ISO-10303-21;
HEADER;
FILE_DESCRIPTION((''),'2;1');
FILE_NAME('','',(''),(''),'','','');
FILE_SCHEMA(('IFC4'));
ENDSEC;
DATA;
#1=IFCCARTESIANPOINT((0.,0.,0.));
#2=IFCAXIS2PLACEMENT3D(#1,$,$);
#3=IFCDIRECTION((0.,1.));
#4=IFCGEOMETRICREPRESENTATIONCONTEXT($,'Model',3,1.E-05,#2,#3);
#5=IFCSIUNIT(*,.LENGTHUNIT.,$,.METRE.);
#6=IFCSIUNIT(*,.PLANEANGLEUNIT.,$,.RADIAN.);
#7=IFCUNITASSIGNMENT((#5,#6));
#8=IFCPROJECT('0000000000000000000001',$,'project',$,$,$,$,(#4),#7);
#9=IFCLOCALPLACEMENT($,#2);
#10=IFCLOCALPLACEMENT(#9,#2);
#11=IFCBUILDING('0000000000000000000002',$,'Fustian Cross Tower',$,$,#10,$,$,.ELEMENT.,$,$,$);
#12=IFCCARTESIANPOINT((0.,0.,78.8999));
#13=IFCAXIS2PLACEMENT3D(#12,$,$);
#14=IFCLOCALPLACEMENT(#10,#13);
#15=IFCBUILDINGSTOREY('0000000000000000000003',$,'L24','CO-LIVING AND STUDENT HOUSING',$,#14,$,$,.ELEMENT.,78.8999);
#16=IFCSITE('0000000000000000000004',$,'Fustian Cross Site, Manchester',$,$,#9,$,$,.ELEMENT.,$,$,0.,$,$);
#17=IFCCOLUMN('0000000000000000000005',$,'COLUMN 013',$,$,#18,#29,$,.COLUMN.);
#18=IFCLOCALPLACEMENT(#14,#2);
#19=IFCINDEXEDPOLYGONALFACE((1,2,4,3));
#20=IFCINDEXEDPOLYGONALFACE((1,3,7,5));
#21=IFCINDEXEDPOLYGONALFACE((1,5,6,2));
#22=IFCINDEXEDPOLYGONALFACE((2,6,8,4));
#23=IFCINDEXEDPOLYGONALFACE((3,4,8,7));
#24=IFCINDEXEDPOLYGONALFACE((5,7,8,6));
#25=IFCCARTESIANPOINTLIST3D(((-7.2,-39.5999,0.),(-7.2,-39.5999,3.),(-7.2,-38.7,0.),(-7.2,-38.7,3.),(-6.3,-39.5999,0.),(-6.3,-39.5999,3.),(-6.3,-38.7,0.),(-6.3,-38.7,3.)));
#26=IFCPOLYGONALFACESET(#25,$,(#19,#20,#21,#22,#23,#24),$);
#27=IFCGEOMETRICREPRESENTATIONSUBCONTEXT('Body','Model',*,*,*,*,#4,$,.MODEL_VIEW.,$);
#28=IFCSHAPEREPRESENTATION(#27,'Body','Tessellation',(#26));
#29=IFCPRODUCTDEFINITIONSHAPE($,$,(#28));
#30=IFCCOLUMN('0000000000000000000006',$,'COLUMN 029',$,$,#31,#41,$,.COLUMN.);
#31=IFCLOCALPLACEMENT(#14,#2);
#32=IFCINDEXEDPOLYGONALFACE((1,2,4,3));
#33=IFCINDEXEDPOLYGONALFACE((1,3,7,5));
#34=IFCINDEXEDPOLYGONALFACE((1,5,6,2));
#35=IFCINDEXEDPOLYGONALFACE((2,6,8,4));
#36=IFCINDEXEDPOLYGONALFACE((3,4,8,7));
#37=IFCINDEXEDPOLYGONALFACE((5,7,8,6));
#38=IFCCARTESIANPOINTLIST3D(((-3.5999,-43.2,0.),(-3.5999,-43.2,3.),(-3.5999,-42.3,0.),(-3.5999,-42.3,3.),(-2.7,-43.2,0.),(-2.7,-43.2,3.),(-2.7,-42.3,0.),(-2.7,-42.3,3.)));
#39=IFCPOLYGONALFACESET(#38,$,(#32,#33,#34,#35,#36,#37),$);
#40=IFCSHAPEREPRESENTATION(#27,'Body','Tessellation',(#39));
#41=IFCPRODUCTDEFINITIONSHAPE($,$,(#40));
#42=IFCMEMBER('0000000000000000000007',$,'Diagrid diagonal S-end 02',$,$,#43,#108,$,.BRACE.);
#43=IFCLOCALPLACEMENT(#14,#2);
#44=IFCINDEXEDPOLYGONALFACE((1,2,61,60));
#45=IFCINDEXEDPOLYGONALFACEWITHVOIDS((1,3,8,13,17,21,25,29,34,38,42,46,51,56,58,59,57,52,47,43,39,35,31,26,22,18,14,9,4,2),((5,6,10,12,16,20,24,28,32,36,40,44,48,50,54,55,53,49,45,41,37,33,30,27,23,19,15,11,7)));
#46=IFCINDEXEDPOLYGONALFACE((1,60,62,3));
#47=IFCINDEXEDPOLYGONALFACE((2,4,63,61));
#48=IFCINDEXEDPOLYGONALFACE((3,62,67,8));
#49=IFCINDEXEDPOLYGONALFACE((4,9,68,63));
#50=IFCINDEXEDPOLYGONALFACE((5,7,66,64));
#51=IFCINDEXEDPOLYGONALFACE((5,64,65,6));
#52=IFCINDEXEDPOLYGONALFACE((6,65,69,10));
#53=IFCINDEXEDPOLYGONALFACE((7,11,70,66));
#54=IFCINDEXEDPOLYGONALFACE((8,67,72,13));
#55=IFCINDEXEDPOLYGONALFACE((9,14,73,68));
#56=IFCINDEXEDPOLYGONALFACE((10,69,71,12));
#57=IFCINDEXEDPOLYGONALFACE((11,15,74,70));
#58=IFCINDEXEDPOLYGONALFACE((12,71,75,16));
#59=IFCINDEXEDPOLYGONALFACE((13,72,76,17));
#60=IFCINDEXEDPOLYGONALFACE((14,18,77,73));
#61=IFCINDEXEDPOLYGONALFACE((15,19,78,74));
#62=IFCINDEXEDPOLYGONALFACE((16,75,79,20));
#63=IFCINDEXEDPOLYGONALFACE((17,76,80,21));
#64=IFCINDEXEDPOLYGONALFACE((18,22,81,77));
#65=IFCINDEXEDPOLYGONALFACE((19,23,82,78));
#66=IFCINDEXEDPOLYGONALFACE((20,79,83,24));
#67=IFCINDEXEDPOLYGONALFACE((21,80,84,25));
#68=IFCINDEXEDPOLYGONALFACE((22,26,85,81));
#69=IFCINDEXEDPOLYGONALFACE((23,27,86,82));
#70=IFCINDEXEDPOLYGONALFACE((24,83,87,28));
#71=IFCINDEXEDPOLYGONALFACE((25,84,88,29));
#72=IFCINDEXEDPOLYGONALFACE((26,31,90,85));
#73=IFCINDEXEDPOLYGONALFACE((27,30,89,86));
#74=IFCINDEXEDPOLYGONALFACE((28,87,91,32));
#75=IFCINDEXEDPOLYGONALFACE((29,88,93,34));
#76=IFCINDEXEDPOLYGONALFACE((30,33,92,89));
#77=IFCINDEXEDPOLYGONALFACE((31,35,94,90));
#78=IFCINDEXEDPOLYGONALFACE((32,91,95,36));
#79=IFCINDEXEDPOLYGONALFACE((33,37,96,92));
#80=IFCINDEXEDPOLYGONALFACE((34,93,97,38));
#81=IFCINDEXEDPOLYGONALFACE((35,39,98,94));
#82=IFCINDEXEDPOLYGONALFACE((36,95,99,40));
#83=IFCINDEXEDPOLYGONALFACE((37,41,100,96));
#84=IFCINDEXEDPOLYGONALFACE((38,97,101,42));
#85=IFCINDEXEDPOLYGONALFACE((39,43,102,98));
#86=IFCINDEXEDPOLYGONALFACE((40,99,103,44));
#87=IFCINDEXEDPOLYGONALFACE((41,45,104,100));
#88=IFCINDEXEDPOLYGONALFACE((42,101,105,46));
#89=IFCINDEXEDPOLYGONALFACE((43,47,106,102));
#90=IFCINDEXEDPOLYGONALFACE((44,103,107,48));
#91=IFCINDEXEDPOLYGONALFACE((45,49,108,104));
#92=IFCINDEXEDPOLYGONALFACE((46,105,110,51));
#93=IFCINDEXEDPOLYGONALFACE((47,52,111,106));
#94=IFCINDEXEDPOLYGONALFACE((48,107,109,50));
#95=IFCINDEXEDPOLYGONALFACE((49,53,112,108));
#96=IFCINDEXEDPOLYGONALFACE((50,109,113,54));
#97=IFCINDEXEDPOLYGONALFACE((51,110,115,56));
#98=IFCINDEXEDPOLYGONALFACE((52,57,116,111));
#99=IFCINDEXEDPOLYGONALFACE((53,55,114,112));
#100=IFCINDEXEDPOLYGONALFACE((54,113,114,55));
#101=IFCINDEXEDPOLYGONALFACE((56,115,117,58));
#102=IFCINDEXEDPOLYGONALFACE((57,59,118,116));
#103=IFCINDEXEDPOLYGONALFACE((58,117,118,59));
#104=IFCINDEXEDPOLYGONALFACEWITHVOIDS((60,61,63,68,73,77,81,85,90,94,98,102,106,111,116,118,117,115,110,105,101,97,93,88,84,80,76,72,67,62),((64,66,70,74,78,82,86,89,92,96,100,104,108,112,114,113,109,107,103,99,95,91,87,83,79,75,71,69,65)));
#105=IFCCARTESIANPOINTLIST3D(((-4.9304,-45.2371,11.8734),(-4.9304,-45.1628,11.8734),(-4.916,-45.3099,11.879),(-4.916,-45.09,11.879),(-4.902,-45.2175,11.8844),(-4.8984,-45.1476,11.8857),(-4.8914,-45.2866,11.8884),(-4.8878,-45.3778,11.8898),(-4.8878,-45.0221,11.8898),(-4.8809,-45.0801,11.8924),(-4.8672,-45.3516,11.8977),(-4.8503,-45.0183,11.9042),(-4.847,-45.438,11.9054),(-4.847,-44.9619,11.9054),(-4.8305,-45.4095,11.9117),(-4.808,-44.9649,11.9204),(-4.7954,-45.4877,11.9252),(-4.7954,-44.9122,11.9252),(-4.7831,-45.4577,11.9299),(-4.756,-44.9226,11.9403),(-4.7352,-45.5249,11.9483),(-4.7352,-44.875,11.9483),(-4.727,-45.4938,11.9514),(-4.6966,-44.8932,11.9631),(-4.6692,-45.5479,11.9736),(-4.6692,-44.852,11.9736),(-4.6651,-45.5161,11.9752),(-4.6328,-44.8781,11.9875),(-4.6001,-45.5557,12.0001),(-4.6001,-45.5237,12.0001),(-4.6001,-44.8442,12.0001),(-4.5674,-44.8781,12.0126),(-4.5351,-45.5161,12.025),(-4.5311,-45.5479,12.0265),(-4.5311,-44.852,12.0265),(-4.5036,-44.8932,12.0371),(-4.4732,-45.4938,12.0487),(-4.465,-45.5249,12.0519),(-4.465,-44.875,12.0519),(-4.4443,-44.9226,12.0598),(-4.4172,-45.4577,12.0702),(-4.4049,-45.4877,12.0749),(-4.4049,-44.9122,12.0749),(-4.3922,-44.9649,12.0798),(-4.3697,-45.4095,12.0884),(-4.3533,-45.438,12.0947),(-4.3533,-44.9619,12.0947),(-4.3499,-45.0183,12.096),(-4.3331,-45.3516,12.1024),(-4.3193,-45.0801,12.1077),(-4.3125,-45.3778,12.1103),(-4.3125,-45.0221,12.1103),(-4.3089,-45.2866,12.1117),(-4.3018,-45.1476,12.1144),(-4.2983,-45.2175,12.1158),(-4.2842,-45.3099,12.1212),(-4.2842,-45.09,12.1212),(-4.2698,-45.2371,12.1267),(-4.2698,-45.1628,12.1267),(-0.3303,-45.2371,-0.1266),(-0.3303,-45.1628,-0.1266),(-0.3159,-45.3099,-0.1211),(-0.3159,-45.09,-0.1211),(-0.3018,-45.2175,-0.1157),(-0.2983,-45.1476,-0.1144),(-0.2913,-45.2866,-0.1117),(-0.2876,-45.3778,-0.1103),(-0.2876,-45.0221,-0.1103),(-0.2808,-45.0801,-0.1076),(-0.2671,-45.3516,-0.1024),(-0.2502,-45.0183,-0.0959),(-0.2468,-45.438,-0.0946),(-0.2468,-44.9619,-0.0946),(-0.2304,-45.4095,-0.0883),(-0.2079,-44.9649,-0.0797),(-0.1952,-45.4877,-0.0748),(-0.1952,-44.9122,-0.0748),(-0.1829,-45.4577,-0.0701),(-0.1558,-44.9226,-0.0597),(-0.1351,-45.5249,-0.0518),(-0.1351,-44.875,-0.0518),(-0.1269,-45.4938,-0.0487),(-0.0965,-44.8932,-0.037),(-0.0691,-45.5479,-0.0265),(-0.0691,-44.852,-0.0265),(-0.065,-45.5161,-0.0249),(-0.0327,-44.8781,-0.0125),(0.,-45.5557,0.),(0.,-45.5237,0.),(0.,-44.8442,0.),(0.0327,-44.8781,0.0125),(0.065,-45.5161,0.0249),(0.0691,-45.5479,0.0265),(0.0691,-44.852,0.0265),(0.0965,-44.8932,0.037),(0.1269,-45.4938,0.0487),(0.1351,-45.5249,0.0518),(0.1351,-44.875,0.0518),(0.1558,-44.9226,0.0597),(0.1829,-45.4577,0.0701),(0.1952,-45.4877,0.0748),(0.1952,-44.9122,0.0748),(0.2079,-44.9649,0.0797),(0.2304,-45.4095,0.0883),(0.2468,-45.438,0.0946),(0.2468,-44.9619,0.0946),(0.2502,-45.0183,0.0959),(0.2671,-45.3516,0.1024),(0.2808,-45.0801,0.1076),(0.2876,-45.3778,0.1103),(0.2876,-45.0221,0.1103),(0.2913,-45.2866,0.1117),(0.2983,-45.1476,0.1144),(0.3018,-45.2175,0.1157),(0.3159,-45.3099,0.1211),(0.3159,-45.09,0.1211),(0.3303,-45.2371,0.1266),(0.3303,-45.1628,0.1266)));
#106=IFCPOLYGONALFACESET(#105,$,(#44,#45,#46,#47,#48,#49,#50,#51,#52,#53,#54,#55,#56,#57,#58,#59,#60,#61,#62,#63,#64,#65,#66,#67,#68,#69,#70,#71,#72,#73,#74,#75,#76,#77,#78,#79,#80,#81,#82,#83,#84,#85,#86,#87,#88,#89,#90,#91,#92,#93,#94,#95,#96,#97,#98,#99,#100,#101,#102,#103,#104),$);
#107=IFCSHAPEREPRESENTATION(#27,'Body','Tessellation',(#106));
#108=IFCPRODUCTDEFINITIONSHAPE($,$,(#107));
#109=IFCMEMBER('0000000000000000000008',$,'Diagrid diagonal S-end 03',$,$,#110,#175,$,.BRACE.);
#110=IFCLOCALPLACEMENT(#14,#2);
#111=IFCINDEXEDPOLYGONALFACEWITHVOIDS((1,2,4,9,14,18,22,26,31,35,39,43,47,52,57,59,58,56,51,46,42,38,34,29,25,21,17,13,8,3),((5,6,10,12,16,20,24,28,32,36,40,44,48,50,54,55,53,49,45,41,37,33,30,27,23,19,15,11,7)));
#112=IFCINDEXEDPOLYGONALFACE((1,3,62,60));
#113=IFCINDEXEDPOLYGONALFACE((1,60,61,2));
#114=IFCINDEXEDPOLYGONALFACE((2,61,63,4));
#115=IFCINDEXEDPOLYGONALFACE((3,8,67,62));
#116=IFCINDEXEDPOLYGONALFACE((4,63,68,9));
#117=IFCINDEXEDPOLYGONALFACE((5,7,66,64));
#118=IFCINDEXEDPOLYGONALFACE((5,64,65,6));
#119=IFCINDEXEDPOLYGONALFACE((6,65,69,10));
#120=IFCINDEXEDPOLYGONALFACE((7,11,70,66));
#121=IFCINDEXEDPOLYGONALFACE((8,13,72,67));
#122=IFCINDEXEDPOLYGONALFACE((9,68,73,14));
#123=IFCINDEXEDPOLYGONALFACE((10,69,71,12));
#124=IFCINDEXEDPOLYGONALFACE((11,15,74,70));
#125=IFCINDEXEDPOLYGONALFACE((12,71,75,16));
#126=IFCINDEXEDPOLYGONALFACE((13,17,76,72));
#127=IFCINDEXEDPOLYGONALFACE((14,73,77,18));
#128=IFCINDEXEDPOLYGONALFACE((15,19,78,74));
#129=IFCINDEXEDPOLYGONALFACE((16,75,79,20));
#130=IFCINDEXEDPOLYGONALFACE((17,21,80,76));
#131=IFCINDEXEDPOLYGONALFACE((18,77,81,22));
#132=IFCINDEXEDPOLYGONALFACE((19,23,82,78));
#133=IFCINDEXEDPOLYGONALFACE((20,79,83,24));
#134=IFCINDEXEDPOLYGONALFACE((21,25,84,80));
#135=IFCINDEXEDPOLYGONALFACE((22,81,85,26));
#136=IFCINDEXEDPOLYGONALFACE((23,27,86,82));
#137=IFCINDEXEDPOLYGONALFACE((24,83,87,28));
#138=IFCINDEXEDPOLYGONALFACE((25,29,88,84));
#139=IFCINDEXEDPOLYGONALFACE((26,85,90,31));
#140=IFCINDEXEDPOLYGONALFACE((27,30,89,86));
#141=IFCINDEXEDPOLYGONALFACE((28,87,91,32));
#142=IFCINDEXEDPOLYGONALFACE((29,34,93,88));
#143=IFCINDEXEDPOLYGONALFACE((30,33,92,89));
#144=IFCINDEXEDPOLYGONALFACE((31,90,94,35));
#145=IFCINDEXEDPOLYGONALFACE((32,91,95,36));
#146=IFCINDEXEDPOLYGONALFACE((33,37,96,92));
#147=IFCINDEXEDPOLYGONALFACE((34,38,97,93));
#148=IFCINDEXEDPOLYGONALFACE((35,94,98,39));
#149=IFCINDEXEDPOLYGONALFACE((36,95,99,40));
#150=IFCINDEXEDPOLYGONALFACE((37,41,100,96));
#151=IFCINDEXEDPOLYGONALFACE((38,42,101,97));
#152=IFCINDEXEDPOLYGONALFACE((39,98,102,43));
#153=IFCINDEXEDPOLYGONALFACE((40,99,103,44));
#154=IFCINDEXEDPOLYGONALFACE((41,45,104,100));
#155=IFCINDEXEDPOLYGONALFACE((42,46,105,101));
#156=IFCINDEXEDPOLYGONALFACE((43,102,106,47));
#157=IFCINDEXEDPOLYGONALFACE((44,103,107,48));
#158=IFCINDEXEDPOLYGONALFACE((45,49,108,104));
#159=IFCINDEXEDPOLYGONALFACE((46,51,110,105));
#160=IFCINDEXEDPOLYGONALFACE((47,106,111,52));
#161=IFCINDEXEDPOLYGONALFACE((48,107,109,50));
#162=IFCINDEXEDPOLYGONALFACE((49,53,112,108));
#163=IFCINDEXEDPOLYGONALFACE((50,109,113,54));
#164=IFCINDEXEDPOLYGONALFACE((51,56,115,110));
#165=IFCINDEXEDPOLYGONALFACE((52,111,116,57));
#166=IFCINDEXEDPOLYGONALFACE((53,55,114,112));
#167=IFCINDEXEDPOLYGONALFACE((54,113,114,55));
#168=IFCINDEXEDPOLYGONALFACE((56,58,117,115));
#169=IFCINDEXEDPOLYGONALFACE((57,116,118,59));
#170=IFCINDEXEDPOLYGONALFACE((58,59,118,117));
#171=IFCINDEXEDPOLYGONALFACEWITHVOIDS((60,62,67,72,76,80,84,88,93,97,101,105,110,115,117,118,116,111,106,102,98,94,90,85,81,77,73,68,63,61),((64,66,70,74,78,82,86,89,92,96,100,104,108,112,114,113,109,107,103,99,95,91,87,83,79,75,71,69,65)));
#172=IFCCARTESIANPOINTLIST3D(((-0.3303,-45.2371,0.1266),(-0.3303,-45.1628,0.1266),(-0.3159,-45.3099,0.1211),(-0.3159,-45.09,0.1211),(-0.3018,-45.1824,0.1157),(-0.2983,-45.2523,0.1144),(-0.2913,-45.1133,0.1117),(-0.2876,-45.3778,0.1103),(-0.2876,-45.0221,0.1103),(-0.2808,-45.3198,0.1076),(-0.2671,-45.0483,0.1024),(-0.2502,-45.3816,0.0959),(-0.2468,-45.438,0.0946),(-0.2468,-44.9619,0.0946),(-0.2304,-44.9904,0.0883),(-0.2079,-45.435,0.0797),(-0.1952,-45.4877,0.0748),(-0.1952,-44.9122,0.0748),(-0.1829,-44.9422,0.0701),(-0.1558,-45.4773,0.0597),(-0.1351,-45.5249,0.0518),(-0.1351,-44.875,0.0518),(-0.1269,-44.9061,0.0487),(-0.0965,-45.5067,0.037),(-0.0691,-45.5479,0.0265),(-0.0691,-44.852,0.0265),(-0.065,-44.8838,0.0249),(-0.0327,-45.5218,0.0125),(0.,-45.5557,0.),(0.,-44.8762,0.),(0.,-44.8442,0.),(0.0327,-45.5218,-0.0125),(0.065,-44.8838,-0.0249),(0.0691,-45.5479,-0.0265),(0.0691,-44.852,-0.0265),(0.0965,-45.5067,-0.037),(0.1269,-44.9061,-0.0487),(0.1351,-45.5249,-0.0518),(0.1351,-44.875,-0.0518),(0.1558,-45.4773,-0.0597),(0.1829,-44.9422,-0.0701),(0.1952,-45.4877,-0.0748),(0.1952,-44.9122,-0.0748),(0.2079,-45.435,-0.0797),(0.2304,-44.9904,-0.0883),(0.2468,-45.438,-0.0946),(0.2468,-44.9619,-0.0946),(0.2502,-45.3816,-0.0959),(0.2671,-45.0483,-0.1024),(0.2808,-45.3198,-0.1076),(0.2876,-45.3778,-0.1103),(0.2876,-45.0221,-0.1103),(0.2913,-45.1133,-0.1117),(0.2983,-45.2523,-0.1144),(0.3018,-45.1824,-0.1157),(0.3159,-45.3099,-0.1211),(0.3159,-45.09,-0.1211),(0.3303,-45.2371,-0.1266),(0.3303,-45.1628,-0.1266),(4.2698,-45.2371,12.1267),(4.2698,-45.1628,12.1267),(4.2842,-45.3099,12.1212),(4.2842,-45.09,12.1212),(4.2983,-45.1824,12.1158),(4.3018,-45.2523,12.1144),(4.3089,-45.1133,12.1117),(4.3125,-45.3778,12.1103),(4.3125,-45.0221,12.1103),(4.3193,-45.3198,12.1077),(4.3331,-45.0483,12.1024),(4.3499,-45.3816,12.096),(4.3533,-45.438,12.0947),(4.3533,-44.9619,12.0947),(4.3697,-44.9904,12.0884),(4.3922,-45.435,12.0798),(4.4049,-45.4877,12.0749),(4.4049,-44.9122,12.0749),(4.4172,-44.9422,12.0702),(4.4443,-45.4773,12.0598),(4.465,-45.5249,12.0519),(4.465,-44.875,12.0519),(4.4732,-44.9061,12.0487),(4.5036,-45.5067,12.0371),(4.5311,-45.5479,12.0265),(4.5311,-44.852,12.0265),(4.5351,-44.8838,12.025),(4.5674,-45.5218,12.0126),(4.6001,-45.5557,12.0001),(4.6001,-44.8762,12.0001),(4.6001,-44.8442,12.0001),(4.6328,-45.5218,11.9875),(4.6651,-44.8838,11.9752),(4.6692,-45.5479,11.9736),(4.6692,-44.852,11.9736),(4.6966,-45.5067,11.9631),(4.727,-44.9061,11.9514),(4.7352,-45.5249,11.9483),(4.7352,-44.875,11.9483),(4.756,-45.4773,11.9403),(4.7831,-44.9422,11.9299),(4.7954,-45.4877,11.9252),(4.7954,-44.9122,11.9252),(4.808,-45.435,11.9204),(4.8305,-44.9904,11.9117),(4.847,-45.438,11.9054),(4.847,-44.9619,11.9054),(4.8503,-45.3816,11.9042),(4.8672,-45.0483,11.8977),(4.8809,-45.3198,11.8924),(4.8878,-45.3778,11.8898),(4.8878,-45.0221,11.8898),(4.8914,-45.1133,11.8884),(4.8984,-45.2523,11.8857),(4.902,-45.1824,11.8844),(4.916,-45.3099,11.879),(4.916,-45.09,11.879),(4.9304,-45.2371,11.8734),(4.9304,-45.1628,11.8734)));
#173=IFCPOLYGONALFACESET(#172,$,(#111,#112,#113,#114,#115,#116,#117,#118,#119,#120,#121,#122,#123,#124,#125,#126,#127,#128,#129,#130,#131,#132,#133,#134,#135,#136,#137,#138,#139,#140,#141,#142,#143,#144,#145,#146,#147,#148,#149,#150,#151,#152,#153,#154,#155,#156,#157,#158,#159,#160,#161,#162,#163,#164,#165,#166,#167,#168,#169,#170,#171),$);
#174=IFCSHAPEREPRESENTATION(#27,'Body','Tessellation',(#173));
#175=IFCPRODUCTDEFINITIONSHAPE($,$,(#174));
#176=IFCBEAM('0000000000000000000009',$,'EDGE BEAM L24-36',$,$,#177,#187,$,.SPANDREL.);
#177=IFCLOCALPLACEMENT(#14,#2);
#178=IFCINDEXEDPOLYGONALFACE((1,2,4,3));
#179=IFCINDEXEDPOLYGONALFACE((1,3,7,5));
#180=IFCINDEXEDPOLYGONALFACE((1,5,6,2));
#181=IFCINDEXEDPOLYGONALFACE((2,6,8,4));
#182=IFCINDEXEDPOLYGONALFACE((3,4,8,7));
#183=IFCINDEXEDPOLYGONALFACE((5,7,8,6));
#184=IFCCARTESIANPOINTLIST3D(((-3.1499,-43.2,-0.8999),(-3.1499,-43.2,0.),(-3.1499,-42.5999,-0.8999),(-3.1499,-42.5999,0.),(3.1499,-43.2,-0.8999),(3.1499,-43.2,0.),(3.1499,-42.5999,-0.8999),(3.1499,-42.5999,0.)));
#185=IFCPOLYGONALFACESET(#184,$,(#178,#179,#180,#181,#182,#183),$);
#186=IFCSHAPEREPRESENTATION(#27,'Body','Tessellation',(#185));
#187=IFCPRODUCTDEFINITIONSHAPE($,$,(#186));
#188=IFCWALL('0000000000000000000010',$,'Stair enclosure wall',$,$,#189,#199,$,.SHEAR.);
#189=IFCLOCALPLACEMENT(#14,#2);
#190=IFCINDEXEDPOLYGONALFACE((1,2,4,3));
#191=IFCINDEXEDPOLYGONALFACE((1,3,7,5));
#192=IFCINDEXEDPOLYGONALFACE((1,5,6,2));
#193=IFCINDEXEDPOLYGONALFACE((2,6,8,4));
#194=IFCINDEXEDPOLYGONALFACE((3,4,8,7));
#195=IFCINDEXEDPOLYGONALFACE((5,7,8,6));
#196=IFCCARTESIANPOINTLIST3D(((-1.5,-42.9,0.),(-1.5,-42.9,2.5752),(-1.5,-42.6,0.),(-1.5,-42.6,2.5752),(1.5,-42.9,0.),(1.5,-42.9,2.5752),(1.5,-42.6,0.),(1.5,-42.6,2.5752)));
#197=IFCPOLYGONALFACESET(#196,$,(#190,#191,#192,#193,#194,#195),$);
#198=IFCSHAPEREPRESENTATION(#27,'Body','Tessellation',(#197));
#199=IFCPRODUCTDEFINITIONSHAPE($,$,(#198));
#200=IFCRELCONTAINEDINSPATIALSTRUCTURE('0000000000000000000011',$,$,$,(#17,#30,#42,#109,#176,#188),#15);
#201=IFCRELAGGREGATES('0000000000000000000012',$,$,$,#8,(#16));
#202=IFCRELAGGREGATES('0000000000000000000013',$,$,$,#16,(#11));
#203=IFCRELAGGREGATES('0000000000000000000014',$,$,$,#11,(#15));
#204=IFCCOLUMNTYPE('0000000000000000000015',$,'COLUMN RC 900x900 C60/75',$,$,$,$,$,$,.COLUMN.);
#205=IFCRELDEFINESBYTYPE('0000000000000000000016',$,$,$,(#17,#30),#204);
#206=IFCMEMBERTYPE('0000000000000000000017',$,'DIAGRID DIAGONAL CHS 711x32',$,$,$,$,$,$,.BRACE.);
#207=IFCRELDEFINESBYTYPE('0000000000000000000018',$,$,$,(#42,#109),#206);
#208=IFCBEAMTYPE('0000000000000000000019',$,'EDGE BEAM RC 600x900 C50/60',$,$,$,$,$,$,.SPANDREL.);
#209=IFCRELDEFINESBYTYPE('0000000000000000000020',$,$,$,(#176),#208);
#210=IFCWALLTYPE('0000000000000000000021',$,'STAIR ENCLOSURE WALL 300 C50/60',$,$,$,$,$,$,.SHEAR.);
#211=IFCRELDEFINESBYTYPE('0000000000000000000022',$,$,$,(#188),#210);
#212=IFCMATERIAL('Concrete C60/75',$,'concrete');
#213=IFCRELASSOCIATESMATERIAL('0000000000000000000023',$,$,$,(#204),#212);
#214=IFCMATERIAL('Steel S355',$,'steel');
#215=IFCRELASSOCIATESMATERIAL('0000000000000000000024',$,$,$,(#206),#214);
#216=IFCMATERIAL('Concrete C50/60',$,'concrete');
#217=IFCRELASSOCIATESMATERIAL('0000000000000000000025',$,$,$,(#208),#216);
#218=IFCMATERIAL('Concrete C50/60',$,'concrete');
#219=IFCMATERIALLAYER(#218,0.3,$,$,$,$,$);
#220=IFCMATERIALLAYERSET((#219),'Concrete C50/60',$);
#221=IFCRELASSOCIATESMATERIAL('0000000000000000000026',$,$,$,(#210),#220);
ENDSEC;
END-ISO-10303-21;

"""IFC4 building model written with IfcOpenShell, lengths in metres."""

from ifc_helpers import new_model, si_unit, direction, frame, frame_2d, origin, origin_2d, place, context, subcontext, project, spatial, rectangle, hollow_circle, extrude, material, layer, layer_set, material_profile, profile_set, type_object, element, save


model = new_model("IFC4")

# Units and contexts
model_context = context("Model", 3, precision=1e-05, world=origin(), true_north=direction((0.0, 1.0)))
body_context = subcontext(model_context, "Body", "Model", "MODEL_VIEW")
ifc_project = project(units=[si_unit("LENGTHUNIT", "METRE"), si_unit("PLANEANGLEUNIT", "RADIAN")], contexts=[model_context])

# Site, building, storey
site_placement = place(None, origin())
site = spatial("IfcSite", under=ifc_project, at=site_placement, Name="Fustian Cross Site, Manchester", CompositionType="ELEMENT", RefElevation=0.0)
building_placement = place(site_placement, origin())
building = spatial("IfcBuilding", under=site, at=building_placement, Name="Fustian Cross Tower", CompositionType="ELEMENT")
storey_placement = place(building_placement, frame((0.0, 0.0, 78.8999)))
storey = spatial("IfcBuildingStorey", under=building, at=storey_placement, Name="L24", Description="CO-LIVING AND STUDENT HOUSING", CompositionType="ELEMENT", Elevation=78.8999)

# Columns
ifc_material_1 = material(Name="Concrete C60/75", Category="concrete")
ifc_material_profile_1 = material_profile(ifc_material_1, rectangle(XDim=0.8999, YDim=0.8999, at=origin_2d()), Name="RC 900x900")
ifc_profile_set_1 = profile_set([ifc_material_profile_1], Name="Concrete C60/75")
column_type = type_object("IfcColumnType", Name="COLUMN RC 900x900 C60/75", PredefinedType="COLUMN", material=ifc_profile_set_1)
for number, where, z_axis, x_axis, name in (
    (1, (-6.75, -39.1499, 0.0), (0.0, 0.0, 1.0), (1.0, 0.0, 0.0), "COLUMN 013"),
    (2, (-3.1499, -42.75, 0.0), (0.0, 0.0, 1.0), (1.0, 0.0, 0.0), "COLUMN 029"),
):
    element("IfcColumn", number, at=place(storey_placement, frame(where, z_axis=z_axis, x_axis=x_axis)), inside=storey, type_object=column_type, Name=name, PredefinedType="COLUMN", context=body_context, shape_type="SweptSolid", body=[
        extrude(rectangle(XDim=0.8999, YDim=0.8999, at=origin_2d()), origin(), (0.0, 0.0, 1.0), 3.0),
    ])

# Members
ifc_material_2 = material(Name="Steel S355", Category="steel")
ifc_material_profile_2 = material_profile(ifc_material_2, hollow_circle(Radius=0.3557, WallThickness=0.032, at=origin_2d()), Name="CHS 711x32")
ifc_profile_set_2 = profile_set([ifc_material_profile_2], Name="Steel S355")
member_type = type_object("IfcMemberType", Name="DIAGRID DIAGONAL CHS 711x32", PredefinedType="BRACE", material=ifc_profile_set_2)
for number, where, z_axis, x_axis, name in (
    (3, (0.0, -45.2, 0.0), (-0.357943, 0.0, 0.933744), (0.0, -1.0, 0.0), "Diagrid diagonal S-end 02"),
    (4, (0.0, -45.2, 0.0), (0.357943, 0.0, 0.933744), (0.0, 1.0, 0.0), "Diagrid diagonal S-end 03"),
):
    element("IfcMember", number, at=place(storey_placement, frame(where, z_axis=z_axis, x_axis=x_axis)), inside=storey, type_object=member_type, Name=name, PredefinedType="BRACE", context=body_context, shape_type="SweptSolid", body=[
        extrude(hollow_circle(Radius=0.3557, WallThickness=0.032, at=origin_2d()), origin(), (0.0, 0.0, 1.0), 12.8516),
    ])

# Beam
ifc_material_3 = material(Name="Concrete C50/60", Category="concrete")
ifc_material_profile_3 = material_profile(ifc_material_3, rectangle(XDim=0.6001, YDim=0.8999, at=origin_2d()), Name="RC 600x900")
ifc_profile_set_3 = profile_set([ifc_material_profile_3], Name="Concrete C50/60")
beam_type = type_object("IfcBeamType", Name="EDGE BEAM RC 600x900 C50/60", PredefinedType="SPANDREL", material=ifc_profile_set_3)
beam_placement = place(storey_placement, frame((-3.1499, -42.8999, -0.45), z_axis=(1.0, 0.0, 0.0), x_axis=(0.0, 1.0, 0.0)))
element("IfcBeam", 5, at=beam_placement, inside=storey, type_object=beam_type, Name="EDGE BEAM L24-36", PredefinedType="SPANDREL", context=body_context, shape_type="SweptSolid", body=[
    extrude(rectangle(XDim=0.6001, YDim=0.8999, at=origin_2d()), origin(), (0.0, 0.0, 1.0), 6.2998),
])

# Wall
ifc_material_4 = material(Name="Concrete C50/60", Category="concrete")
ifc_layer_1 = layer(ifc_material_4, 0.3)
ifc_layer_set_1 = layer_set([ifc_layer_1], Name="Concrete C50/60")
wall_type_1 = type_object("IfcWallType", Name="STAIR ENCLOSURE WALL 300 C50/60", PredefinedType="SHEAR", material=ifc_layer_set_1)
wall_1_placement = place(storey_placement, frame((-1.5, -42.75, 0.0), z_axis=(0.0, 0.0, 1.0), x_axis=(1.0, 0.0, 0.0)))
element("IfcWall", 6, at=wall_1_placement, inside=storey, type_object=wall_type_1, Name="Stair enclosure wall", PredefinedType="SHEAR", context=body_context, shape_type="SweptSolid", body=[
    extrude(rectangle(XDim=3.0, YDim=0.3, at=frame_2d((1.5, 0.0))), origin(), (0.0, 0.0, 1.0), 2.5752),
])

save(model, "model.ifc")
